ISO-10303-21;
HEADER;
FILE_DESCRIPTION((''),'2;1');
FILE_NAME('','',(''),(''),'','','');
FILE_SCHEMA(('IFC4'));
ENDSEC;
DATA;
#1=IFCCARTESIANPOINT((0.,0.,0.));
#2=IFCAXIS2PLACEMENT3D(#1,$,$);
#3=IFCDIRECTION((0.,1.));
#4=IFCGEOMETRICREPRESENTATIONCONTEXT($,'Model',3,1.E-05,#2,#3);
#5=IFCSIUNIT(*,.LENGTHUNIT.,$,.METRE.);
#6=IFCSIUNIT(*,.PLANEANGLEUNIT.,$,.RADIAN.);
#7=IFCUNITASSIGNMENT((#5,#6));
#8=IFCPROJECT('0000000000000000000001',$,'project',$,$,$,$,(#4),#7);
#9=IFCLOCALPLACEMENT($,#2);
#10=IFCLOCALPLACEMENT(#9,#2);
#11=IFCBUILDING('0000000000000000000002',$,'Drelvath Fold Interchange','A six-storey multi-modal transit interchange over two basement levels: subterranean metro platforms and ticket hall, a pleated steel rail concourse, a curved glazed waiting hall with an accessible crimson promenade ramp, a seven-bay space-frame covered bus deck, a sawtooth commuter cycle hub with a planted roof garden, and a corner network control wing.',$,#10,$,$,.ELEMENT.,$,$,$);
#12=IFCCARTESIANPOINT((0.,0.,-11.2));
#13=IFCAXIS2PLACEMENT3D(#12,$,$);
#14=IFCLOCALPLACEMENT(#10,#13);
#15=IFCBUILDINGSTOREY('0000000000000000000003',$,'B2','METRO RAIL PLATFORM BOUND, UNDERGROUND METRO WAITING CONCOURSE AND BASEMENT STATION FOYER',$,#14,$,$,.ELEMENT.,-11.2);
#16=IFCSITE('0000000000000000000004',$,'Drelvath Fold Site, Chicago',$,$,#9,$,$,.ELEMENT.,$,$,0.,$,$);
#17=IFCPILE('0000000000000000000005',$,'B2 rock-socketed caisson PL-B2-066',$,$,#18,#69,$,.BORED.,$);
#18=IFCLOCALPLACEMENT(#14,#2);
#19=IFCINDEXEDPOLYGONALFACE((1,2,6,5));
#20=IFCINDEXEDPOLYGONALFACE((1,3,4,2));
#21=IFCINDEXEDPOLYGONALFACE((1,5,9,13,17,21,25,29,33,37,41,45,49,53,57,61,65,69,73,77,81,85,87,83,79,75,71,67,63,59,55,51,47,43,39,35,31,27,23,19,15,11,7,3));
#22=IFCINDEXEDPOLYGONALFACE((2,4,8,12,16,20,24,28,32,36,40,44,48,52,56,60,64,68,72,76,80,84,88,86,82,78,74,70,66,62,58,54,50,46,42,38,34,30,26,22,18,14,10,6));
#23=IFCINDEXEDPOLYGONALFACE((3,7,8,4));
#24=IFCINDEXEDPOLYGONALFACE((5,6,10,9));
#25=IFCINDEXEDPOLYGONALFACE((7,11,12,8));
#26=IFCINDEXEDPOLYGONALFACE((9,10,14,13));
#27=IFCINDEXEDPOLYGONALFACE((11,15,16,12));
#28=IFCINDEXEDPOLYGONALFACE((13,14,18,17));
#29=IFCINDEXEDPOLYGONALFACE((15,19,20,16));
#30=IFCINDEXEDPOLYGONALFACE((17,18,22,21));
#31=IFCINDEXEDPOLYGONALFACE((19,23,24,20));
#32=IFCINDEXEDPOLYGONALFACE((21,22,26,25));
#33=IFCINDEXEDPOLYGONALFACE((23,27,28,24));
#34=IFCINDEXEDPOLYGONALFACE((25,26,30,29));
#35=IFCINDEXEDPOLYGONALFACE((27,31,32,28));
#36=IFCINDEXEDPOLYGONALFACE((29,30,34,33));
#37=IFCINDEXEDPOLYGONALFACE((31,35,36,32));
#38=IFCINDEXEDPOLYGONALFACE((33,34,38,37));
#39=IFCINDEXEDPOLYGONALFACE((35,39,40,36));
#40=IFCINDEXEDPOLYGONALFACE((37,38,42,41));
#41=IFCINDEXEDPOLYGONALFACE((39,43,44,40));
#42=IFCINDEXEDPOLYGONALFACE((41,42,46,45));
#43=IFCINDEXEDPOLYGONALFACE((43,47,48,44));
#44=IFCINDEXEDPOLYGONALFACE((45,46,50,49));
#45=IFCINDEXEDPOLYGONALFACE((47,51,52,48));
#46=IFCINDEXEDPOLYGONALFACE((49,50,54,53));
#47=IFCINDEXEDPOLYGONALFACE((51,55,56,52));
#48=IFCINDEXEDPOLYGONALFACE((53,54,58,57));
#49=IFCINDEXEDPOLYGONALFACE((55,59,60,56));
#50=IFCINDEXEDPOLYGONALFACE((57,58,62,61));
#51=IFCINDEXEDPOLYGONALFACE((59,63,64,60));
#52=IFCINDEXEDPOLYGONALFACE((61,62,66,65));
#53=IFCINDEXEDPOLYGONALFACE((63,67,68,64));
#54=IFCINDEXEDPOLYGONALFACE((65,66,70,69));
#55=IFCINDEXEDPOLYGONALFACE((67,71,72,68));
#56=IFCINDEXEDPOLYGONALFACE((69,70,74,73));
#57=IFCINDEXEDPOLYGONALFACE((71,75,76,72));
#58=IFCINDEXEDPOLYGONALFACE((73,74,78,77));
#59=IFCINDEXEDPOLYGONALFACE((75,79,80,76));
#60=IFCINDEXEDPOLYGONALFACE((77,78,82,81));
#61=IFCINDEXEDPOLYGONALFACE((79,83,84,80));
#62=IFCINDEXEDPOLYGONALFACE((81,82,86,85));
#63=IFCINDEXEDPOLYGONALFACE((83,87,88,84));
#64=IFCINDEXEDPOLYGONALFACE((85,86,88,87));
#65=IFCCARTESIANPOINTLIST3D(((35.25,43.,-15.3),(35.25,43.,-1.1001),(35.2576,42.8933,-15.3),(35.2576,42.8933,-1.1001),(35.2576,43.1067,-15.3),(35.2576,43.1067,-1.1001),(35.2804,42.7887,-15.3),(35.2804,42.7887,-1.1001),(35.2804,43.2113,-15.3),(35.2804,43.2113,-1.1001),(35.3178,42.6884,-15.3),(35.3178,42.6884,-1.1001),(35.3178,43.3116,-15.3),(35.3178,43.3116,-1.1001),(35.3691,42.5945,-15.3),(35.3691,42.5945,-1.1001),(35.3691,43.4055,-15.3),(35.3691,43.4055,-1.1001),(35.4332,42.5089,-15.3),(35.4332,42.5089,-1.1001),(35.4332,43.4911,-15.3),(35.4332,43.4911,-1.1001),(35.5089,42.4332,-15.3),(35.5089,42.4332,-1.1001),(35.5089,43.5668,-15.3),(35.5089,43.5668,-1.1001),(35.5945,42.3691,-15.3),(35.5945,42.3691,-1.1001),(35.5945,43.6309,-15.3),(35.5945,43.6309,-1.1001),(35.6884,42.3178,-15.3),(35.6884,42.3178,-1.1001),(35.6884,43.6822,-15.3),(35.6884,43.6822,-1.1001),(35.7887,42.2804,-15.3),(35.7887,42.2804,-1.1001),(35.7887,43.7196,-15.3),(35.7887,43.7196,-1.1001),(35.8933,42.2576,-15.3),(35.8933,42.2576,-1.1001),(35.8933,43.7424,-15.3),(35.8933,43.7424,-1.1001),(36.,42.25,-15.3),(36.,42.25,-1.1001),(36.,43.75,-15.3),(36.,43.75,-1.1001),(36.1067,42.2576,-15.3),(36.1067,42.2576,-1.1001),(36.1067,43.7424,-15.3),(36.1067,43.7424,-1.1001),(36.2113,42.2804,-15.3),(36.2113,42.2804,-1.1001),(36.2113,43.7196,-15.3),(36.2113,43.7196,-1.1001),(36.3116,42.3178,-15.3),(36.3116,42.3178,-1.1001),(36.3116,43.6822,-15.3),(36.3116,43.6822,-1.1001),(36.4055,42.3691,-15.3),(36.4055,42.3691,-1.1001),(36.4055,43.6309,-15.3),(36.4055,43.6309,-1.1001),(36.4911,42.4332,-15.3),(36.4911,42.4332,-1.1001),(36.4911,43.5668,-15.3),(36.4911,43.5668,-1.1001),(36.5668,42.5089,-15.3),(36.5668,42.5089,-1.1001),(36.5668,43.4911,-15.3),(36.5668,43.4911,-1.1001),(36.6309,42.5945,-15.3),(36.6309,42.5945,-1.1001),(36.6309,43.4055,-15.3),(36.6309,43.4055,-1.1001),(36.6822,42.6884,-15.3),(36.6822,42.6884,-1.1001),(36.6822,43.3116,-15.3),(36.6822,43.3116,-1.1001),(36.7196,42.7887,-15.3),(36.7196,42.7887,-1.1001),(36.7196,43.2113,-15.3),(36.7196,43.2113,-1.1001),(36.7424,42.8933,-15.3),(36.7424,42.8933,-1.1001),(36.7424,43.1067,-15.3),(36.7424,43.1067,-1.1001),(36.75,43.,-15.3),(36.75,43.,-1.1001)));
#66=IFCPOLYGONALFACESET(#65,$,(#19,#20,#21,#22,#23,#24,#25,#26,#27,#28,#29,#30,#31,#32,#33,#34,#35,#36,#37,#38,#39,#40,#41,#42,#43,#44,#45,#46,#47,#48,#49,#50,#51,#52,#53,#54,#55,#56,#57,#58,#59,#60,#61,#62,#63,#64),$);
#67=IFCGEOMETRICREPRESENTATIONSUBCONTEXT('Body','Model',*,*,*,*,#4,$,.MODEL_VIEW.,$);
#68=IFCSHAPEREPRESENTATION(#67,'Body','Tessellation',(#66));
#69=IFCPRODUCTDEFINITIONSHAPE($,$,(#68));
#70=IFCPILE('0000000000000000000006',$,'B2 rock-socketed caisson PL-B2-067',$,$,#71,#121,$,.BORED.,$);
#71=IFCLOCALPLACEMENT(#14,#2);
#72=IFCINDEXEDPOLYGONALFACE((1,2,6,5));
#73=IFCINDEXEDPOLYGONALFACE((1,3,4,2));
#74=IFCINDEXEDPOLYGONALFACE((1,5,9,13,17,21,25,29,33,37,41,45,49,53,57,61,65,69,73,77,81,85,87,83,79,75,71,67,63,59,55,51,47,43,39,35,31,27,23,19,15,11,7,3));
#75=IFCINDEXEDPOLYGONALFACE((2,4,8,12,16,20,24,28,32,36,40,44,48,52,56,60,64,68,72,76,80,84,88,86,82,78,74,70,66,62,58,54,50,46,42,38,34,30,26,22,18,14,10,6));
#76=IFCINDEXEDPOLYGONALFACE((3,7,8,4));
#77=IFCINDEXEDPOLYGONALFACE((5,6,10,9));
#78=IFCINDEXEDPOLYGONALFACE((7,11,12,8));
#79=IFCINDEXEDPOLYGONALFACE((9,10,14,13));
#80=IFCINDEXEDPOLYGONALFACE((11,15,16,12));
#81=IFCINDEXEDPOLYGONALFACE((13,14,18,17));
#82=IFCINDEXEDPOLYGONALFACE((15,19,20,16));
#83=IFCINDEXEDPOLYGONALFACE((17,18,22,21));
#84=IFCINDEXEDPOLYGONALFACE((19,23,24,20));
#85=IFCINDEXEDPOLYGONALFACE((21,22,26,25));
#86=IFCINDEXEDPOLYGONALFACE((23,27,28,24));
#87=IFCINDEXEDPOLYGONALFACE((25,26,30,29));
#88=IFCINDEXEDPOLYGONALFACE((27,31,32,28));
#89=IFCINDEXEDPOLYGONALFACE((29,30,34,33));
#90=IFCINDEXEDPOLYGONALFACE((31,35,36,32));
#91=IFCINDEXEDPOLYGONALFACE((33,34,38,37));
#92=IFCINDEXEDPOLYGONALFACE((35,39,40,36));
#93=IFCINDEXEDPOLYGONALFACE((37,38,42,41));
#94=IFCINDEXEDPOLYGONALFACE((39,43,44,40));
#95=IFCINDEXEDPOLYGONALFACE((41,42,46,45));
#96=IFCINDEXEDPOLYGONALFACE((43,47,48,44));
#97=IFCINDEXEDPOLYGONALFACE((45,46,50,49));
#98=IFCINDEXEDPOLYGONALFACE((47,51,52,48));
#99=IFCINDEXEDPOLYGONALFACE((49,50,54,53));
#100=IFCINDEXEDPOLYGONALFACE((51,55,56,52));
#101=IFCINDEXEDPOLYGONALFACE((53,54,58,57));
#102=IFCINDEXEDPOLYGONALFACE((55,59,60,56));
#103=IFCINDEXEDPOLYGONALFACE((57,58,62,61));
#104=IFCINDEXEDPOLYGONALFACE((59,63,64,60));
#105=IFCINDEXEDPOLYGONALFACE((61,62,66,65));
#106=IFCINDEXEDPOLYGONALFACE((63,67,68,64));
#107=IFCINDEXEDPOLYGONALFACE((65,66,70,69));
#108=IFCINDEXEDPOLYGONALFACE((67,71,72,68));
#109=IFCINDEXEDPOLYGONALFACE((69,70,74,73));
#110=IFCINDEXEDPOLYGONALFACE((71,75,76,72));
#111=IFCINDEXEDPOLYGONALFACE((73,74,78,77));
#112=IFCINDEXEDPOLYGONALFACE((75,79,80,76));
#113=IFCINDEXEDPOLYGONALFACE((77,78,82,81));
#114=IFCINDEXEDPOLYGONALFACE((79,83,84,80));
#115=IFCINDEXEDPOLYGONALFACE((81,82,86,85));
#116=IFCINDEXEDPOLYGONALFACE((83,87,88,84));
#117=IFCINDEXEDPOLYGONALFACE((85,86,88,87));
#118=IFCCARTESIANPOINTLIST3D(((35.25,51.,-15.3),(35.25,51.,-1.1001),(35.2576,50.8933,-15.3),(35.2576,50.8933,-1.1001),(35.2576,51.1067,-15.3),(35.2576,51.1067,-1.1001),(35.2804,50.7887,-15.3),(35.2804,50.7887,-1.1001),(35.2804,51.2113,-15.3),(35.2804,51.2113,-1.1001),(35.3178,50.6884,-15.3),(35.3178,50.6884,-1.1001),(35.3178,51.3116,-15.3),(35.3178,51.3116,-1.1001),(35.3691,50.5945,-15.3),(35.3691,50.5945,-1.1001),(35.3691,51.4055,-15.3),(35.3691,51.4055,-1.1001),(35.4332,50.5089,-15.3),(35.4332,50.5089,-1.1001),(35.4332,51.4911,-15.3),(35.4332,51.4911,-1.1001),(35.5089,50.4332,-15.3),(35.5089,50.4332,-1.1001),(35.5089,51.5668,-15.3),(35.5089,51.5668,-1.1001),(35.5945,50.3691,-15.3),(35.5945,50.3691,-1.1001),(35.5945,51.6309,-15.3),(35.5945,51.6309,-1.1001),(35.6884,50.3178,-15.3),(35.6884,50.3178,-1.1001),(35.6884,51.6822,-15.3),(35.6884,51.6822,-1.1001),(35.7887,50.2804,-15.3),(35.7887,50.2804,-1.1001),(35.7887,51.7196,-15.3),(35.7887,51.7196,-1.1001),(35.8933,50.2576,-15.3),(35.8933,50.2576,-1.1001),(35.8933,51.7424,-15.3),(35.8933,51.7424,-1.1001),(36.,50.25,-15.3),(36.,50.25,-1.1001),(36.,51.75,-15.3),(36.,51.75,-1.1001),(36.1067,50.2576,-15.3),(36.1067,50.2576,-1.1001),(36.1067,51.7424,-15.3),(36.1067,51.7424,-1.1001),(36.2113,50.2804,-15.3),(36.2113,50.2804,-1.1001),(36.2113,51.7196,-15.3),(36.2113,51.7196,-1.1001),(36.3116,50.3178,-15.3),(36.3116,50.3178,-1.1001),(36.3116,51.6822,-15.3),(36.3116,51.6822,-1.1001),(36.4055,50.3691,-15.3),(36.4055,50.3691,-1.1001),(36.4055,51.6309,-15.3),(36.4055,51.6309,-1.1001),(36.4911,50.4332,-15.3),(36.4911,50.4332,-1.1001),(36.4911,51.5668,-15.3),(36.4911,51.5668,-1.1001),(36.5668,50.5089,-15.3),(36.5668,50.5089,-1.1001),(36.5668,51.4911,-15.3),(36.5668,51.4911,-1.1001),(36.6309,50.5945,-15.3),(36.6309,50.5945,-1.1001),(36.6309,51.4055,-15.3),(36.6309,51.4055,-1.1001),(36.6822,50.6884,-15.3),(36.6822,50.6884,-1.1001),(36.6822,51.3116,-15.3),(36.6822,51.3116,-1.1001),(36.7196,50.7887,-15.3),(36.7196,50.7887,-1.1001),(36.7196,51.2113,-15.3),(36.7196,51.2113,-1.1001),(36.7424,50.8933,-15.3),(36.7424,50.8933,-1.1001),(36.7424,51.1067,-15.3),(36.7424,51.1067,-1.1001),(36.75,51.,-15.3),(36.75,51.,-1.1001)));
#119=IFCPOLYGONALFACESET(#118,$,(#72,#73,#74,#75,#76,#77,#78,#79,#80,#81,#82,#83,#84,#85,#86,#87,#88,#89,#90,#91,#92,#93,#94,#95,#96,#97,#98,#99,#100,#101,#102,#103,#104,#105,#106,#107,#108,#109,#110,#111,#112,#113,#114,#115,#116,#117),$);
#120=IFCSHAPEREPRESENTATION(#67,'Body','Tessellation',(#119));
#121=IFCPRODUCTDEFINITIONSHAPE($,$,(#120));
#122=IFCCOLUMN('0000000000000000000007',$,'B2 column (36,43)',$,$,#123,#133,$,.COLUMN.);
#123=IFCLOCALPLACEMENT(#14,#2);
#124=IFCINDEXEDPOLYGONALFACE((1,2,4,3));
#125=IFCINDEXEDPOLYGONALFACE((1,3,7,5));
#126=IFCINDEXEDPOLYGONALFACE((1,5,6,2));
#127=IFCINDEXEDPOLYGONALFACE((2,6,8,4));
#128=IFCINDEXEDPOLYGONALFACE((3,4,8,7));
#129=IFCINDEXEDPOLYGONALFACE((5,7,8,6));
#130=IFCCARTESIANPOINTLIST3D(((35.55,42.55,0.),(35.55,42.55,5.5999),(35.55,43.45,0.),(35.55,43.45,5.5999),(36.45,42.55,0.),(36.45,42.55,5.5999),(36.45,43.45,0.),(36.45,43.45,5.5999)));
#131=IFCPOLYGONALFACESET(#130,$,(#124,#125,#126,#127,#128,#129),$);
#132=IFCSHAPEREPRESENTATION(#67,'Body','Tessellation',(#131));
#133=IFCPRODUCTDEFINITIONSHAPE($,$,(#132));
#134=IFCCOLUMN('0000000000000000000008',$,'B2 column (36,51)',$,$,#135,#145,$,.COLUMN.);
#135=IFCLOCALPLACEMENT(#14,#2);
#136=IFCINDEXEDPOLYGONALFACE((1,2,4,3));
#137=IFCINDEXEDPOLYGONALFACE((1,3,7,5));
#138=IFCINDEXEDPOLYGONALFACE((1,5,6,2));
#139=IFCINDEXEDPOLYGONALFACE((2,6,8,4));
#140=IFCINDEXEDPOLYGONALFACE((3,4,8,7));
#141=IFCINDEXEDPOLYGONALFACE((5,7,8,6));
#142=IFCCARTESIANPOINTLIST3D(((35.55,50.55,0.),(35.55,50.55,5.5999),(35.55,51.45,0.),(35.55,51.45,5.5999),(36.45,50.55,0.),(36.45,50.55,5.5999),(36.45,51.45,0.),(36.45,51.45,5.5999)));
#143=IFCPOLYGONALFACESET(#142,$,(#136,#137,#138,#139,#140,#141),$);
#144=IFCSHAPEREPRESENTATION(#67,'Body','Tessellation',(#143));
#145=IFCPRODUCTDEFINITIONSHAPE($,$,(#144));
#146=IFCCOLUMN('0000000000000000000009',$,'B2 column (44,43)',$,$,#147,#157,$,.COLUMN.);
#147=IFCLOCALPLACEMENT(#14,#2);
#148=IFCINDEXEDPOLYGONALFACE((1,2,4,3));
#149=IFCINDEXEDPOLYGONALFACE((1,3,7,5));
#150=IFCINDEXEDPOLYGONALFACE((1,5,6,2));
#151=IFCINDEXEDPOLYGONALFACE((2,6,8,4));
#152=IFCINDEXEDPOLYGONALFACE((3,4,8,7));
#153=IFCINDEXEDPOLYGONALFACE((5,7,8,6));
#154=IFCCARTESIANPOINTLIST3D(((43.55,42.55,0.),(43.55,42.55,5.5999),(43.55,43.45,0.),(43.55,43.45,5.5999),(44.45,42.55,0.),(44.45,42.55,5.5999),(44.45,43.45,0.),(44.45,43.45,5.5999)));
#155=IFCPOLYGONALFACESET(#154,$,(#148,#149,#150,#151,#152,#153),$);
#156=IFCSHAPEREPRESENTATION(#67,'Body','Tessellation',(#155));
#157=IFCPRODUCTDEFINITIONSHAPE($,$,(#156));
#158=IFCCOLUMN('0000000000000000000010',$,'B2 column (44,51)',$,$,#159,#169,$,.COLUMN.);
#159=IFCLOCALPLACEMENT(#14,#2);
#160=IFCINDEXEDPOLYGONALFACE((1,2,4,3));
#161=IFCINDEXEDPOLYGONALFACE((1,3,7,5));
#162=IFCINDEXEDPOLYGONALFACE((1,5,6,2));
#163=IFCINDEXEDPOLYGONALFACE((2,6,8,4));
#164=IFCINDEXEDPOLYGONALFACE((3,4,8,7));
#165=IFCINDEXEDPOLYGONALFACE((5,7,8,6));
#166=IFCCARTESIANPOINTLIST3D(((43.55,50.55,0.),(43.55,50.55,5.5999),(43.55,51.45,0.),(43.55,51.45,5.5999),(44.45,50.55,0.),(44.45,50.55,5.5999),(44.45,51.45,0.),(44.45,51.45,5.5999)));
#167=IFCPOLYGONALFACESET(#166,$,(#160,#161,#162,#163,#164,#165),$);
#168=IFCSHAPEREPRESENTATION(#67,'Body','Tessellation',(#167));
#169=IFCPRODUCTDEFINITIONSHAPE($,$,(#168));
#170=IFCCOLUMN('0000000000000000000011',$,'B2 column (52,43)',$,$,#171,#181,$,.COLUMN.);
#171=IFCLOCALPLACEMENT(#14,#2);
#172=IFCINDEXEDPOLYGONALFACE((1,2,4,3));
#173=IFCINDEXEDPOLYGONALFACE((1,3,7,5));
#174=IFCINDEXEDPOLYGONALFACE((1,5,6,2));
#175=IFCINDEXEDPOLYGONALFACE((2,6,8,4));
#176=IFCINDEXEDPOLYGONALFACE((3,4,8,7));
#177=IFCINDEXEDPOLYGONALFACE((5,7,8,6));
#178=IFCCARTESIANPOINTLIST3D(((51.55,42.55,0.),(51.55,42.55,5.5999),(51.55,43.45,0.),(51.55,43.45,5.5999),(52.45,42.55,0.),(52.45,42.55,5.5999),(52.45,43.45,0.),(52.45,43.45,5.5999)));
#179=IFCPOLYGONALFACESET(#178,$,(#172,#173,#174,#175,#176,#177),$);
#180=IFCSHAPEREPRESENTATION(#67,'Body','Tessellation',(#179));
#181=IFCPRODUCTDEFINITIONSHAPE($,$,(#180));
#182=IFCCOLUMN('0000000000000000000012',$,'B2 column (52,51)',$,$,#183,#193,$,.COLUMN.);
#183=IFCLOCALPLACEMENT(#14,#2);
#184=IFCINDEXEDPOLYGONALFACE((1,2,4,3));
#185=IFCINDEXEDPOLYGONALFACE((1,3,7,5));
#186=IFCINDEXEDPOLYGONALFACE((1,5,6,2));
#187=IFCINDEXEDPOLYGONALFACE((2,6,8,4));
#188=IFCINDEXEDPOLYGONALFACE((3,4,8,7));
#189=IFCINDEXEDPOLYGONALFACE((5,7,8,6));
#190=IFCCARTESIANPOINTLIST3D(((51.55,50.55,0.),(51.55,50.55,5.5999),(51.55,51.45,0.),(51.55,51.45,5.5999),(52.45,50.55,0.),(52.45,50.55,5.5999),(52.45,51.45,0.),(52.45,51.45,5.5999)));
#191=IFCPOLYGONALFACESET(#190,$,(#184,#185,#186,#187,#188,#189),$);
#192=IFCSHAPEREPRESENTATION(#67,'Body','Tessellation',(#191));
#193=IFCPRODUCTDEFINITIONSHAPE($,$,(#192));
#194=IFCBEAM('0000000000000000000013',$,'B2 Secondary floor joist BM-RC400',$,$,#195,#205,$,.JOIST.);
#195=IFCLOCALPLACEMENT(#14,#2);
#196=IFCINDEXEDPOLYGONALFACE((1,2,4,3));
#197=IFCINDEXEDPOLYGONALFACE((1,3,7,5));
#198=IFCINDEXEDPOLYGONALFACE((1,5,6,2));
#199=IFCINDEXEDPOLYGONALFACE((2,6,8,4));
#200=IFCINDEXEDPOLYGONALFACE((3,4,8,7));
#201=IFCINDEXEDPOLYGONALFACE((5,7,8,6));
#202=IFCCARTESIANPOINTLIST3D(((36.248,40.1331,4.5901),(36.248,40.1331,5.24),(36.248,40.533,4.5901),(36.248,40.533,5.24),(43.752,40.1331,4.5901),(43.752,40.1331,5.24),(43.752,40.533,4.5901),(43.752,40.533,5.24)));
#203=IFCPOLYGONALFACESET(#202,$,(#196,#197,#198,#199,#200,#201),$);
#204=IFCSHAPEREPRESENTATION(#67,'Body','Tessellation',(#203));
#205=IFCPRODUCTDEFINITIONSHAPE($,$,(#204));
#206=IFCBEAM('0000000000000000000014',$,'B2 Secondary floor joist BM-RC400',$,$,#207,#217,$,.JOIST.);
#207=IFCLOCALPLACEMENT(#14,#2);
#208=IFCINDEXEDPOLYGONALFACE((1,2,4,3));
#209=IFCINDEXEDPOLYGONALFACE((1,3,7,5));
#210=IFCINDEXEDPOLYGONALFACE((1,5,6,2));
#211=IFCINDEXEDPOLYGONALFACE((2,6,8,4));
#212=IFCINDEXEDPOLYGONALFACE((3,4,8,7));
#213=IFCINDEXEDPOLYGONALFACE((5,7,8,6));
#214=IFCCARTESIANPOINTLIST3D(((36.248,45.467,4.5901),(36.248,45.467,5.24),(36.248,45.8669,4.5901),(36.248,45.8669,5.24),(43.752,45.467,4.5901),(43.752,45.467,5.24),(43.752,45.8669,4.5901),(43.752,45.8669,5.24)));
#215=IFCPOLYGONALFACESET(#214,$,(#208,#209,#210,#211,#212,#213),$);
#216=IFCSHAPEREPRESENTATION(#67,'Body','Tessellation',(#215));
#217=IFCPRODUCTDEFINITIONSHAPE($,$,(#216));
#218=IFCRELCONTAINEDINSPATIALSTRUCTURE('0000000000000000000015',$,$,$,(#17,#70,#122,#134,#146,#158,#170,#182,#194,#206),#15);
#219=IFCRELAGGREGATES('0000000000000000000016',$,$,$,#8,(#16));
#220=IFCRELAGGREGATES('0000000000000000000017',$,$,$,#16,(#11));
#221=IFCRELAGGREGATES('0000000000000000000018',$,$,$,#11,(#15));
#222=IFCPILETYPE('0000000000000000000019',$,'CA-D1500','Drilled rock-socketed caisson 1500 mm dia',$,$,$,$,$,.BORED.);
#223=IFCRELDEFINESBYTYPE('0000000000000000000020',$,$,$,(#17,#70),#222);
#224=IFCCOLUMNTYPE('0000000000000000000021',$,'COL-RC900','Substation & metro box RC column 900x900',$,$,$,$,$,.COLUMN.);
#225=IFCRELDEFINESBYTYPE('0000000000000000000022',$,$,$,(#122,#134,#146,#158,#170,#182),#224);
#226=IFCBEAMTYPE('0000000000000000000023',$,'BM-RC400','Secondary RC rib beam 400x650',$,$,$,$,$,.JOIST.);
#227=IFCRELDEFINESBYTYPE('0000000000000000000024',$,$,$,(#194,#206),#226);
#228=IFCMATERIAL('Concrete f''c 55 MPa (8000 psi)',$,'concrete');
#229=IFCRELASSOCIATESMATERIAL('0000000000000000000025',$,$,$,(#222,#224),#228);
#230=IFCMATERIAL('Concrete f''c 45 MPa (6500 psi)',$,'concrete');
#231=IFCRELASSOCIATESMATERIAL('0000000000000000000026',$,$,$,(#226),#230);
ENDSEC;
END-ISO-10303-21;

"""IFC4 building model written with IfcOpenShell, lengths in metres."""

from ifc_helpers import new_model, si_unit, direction, frame, origin, origin_2d, place, context, subcontext, project, spatial, rectangle, circle, extrude, material, material_profile, profile_set, type_object, element, save


model = new_model("IFC4")

# Units and contexts
model_context = context("Model", 3, precision=1e-05, world=origin(), true_north=direction((0.0, 1.0)))
body_context = subcontext(model_context, "Body", "Model", "MODEL_VIEW")
ifc_project = project(units=[si_unit("LENGTHUNIT", "METRE"), si_unit("PLANEANGLEUNIT", "RADIAN")], contexts=[model_context])

# Site, building, storey
site_placement = place(None, origin())
site = spatial("IfcSite", under=ifc_project, at=site_placement, Name="Drelvath Fold Site, Chicago", CompositionType="ELEMENT", RefElevation=0.0)
building_placement = place(site_placement, origin())
building = spatial("IfcBuilding", under=site, at=building_placement, Name="Drelvath Fold Interchange", Description="A six-storey multi-modal transit interchange over two basement levels: subterranean metro platforms and ticket hall, a pleated steel rail concourse, a curved glazed waiting hall with an accessible crimson promenade ramp, a seven-bay space-frame covered bus deck, a sawtooth commuter cycle hub with a planted roof garden, and a corner network control wing.", CompositionType="ELEMENT")
storey_placement = place(building_placement, frame((0.0, 0.0, -11.2)))
storey = spatial("IfcBuildingStorey", under=building, at=storey_placement, Name="B2", Description="METRO RAIL PLATFORM BOUND, UNDERGROUND METRO WAITING CONCOURSE AND BASEMENT STATION FOYER", CompositionType="ELEMENT", Elevation=-11.2)

# Piles
ifc_material_1 = material(Name="Concrete f'c 55 MPa (8000 psi)", Category="concrete")
ifc_material_profile_1 = material_profile(ifc_material_1, circle(Radius=0.75, at=origin_2d()), Name="CAISSON D1500")
ifc_profile_set_1 = profile_set([ifc_material_profile_1], Name="Concrete f'c 55 MPa (8000 psi)")
pile_type_1 = type_object("IfcPileType", Name="CA-D1500", Description="Drilled rock-socketed caisson 1500 mm dia", PredefinedType="BORED", material=ifc_profile_set_1)
for number, where, z_axis, x_axis, name in (
    (1, (36.0, 43.0, -1.1001), (0.0, 0.0, -1.0), (1.0, 0.0, 0.0), "B2 rock-socketed caisson PL-B2-066"),
    (2, (36.0, 51.0, -1.1001), (0.0, 0.0, -1.0), (1.0, 0.0, 0.0), "B2 rock-socketed caisson PL-B2-067"),
):
    element("IfcPile", number, at=place(storey_placement, frame(where, z_axis=z_axis, x_axis=x_axis)), inside=storey, type_object=pile_type_1, Name=name, PredefinedType="BORED", context=body_context, shape_type="SweptSolid", body=[
        extrude(circle(Radius=0.75, at=origin_2d()), origin(), (0.0, 0.0, 1.0), 14.2),
    ])

# Columns
ifc_material_profile_2 = material_profile(ifc_material_1, rectangle(XDim=0.8999, YDim=0.8999, at=origin_2d()), Name="RC 900x900")
ifc_profile_set_2 = profile_set([ifc_material_profile_2], Name="Concrete f'c 55 MPa (8000 psi)")
column_type = type_object("IfcColumnType", Name="COL-RC900", Description="Substation & metro box RC column 900x900", PredefinedType="COLUMN", material=ifc_profile_set_2)
for number, where, z_axis, x_axis, name in (
    (3, (36.0, 43.0, 0.0), (0.0, 0.0, 1.0), (1.0, 0.0, 0.0), "B2 column (36,43)"),
    (4, (36.0, 51.0, 0.0), (0.0, 0.0, 1.0), (1.0, 0.0, 0.0), "B2 column (36,51)"),
    (5, (44.0, 43.0, 0.0), (0.0, 0.0, 1.0), (1.0, 0.0, 0.0), "B2 column (44,43)"),
    (6, (44.0, 51.0, 0.0), (0.0, 0.0, 1.0), (1.0, 0.0, 0.0), "B2 column (44,51)"),
    (7, (52.0, 43.0, 0.0), (0.0, 0.0, 1.0), (1.0, 0.0, 0.0), "B2 column (52,43)"),
    (8, (52.0, 51.0, 0.0), (0.0, 0.0, 1.0), (1.0, 0.0, 0.0), "B2 column (52,51)"),
):
    element("IfcColumn", number, at=place(storey_placement, frame(where, z_axis=z_axis, x_axis=x_axis)), inside=storey, type_object=column_type, Name=name, PredefinedType="COLUMN", context=body_context, shape_type="SweptSolid", body=[
        extrude(rectangle(XDim=0.8999, YDim=0.8999, at=origin_2d()), origin(), (0.0, 0.0, 1.0), 5.5999),
    ])

# Beams
ifc_material_2 = material(Name="Concrete f'c 45 MPa (6500 psi)", Category="concrete")
ifc_material_profile_3 = material_profile(ifc_material_2, rectangle(XDim=0.3999, YDim=0.6499, at=origin_2d()), Name="RC 400x650")
ifc_profile_set_3 = profile_set([ifc_material_profile_3], Name="Concrete f'c 45 MPa (6500 psi)")
beam_type_1 = type_object("IfcBeamType", Name="BM-RC400", Description="Secondary RC rib beam 400x650", PredefinedType="JOIST", material=ifc_profile_set_3)
for number, where, z_axis, x_axis, name in (
    (9, (36.248, 40.333, 4.915), (1.0, 0.0, 0.0), (0.0, 1.0, 0.0), "B2 Secondary floor joist BM-RC400"),
    (10, (36.248, 45.667, 4.915), (1.0, 0.0, 0.0), (0.0, 1.0, 0.0), "B2 Secondary floor joist BM-RC400"),
):
    element("IfcBeam", number, at=place(storey_placement, frame(where, z_axis=z_axis, x_axis=x_axis)), inside=storey, type_object=beam_type_1, Name=name, PredefinedType="JOIST", context=body_context, shape_type="SweptSolid", body=[
        extrude(rectangle(XDim=0.3999, YDim=0.6499, at=origin_2d()), origin(), (0.0, 0.0, 1.0), 7.5039),
    ])

save(model, "model.ifc")
